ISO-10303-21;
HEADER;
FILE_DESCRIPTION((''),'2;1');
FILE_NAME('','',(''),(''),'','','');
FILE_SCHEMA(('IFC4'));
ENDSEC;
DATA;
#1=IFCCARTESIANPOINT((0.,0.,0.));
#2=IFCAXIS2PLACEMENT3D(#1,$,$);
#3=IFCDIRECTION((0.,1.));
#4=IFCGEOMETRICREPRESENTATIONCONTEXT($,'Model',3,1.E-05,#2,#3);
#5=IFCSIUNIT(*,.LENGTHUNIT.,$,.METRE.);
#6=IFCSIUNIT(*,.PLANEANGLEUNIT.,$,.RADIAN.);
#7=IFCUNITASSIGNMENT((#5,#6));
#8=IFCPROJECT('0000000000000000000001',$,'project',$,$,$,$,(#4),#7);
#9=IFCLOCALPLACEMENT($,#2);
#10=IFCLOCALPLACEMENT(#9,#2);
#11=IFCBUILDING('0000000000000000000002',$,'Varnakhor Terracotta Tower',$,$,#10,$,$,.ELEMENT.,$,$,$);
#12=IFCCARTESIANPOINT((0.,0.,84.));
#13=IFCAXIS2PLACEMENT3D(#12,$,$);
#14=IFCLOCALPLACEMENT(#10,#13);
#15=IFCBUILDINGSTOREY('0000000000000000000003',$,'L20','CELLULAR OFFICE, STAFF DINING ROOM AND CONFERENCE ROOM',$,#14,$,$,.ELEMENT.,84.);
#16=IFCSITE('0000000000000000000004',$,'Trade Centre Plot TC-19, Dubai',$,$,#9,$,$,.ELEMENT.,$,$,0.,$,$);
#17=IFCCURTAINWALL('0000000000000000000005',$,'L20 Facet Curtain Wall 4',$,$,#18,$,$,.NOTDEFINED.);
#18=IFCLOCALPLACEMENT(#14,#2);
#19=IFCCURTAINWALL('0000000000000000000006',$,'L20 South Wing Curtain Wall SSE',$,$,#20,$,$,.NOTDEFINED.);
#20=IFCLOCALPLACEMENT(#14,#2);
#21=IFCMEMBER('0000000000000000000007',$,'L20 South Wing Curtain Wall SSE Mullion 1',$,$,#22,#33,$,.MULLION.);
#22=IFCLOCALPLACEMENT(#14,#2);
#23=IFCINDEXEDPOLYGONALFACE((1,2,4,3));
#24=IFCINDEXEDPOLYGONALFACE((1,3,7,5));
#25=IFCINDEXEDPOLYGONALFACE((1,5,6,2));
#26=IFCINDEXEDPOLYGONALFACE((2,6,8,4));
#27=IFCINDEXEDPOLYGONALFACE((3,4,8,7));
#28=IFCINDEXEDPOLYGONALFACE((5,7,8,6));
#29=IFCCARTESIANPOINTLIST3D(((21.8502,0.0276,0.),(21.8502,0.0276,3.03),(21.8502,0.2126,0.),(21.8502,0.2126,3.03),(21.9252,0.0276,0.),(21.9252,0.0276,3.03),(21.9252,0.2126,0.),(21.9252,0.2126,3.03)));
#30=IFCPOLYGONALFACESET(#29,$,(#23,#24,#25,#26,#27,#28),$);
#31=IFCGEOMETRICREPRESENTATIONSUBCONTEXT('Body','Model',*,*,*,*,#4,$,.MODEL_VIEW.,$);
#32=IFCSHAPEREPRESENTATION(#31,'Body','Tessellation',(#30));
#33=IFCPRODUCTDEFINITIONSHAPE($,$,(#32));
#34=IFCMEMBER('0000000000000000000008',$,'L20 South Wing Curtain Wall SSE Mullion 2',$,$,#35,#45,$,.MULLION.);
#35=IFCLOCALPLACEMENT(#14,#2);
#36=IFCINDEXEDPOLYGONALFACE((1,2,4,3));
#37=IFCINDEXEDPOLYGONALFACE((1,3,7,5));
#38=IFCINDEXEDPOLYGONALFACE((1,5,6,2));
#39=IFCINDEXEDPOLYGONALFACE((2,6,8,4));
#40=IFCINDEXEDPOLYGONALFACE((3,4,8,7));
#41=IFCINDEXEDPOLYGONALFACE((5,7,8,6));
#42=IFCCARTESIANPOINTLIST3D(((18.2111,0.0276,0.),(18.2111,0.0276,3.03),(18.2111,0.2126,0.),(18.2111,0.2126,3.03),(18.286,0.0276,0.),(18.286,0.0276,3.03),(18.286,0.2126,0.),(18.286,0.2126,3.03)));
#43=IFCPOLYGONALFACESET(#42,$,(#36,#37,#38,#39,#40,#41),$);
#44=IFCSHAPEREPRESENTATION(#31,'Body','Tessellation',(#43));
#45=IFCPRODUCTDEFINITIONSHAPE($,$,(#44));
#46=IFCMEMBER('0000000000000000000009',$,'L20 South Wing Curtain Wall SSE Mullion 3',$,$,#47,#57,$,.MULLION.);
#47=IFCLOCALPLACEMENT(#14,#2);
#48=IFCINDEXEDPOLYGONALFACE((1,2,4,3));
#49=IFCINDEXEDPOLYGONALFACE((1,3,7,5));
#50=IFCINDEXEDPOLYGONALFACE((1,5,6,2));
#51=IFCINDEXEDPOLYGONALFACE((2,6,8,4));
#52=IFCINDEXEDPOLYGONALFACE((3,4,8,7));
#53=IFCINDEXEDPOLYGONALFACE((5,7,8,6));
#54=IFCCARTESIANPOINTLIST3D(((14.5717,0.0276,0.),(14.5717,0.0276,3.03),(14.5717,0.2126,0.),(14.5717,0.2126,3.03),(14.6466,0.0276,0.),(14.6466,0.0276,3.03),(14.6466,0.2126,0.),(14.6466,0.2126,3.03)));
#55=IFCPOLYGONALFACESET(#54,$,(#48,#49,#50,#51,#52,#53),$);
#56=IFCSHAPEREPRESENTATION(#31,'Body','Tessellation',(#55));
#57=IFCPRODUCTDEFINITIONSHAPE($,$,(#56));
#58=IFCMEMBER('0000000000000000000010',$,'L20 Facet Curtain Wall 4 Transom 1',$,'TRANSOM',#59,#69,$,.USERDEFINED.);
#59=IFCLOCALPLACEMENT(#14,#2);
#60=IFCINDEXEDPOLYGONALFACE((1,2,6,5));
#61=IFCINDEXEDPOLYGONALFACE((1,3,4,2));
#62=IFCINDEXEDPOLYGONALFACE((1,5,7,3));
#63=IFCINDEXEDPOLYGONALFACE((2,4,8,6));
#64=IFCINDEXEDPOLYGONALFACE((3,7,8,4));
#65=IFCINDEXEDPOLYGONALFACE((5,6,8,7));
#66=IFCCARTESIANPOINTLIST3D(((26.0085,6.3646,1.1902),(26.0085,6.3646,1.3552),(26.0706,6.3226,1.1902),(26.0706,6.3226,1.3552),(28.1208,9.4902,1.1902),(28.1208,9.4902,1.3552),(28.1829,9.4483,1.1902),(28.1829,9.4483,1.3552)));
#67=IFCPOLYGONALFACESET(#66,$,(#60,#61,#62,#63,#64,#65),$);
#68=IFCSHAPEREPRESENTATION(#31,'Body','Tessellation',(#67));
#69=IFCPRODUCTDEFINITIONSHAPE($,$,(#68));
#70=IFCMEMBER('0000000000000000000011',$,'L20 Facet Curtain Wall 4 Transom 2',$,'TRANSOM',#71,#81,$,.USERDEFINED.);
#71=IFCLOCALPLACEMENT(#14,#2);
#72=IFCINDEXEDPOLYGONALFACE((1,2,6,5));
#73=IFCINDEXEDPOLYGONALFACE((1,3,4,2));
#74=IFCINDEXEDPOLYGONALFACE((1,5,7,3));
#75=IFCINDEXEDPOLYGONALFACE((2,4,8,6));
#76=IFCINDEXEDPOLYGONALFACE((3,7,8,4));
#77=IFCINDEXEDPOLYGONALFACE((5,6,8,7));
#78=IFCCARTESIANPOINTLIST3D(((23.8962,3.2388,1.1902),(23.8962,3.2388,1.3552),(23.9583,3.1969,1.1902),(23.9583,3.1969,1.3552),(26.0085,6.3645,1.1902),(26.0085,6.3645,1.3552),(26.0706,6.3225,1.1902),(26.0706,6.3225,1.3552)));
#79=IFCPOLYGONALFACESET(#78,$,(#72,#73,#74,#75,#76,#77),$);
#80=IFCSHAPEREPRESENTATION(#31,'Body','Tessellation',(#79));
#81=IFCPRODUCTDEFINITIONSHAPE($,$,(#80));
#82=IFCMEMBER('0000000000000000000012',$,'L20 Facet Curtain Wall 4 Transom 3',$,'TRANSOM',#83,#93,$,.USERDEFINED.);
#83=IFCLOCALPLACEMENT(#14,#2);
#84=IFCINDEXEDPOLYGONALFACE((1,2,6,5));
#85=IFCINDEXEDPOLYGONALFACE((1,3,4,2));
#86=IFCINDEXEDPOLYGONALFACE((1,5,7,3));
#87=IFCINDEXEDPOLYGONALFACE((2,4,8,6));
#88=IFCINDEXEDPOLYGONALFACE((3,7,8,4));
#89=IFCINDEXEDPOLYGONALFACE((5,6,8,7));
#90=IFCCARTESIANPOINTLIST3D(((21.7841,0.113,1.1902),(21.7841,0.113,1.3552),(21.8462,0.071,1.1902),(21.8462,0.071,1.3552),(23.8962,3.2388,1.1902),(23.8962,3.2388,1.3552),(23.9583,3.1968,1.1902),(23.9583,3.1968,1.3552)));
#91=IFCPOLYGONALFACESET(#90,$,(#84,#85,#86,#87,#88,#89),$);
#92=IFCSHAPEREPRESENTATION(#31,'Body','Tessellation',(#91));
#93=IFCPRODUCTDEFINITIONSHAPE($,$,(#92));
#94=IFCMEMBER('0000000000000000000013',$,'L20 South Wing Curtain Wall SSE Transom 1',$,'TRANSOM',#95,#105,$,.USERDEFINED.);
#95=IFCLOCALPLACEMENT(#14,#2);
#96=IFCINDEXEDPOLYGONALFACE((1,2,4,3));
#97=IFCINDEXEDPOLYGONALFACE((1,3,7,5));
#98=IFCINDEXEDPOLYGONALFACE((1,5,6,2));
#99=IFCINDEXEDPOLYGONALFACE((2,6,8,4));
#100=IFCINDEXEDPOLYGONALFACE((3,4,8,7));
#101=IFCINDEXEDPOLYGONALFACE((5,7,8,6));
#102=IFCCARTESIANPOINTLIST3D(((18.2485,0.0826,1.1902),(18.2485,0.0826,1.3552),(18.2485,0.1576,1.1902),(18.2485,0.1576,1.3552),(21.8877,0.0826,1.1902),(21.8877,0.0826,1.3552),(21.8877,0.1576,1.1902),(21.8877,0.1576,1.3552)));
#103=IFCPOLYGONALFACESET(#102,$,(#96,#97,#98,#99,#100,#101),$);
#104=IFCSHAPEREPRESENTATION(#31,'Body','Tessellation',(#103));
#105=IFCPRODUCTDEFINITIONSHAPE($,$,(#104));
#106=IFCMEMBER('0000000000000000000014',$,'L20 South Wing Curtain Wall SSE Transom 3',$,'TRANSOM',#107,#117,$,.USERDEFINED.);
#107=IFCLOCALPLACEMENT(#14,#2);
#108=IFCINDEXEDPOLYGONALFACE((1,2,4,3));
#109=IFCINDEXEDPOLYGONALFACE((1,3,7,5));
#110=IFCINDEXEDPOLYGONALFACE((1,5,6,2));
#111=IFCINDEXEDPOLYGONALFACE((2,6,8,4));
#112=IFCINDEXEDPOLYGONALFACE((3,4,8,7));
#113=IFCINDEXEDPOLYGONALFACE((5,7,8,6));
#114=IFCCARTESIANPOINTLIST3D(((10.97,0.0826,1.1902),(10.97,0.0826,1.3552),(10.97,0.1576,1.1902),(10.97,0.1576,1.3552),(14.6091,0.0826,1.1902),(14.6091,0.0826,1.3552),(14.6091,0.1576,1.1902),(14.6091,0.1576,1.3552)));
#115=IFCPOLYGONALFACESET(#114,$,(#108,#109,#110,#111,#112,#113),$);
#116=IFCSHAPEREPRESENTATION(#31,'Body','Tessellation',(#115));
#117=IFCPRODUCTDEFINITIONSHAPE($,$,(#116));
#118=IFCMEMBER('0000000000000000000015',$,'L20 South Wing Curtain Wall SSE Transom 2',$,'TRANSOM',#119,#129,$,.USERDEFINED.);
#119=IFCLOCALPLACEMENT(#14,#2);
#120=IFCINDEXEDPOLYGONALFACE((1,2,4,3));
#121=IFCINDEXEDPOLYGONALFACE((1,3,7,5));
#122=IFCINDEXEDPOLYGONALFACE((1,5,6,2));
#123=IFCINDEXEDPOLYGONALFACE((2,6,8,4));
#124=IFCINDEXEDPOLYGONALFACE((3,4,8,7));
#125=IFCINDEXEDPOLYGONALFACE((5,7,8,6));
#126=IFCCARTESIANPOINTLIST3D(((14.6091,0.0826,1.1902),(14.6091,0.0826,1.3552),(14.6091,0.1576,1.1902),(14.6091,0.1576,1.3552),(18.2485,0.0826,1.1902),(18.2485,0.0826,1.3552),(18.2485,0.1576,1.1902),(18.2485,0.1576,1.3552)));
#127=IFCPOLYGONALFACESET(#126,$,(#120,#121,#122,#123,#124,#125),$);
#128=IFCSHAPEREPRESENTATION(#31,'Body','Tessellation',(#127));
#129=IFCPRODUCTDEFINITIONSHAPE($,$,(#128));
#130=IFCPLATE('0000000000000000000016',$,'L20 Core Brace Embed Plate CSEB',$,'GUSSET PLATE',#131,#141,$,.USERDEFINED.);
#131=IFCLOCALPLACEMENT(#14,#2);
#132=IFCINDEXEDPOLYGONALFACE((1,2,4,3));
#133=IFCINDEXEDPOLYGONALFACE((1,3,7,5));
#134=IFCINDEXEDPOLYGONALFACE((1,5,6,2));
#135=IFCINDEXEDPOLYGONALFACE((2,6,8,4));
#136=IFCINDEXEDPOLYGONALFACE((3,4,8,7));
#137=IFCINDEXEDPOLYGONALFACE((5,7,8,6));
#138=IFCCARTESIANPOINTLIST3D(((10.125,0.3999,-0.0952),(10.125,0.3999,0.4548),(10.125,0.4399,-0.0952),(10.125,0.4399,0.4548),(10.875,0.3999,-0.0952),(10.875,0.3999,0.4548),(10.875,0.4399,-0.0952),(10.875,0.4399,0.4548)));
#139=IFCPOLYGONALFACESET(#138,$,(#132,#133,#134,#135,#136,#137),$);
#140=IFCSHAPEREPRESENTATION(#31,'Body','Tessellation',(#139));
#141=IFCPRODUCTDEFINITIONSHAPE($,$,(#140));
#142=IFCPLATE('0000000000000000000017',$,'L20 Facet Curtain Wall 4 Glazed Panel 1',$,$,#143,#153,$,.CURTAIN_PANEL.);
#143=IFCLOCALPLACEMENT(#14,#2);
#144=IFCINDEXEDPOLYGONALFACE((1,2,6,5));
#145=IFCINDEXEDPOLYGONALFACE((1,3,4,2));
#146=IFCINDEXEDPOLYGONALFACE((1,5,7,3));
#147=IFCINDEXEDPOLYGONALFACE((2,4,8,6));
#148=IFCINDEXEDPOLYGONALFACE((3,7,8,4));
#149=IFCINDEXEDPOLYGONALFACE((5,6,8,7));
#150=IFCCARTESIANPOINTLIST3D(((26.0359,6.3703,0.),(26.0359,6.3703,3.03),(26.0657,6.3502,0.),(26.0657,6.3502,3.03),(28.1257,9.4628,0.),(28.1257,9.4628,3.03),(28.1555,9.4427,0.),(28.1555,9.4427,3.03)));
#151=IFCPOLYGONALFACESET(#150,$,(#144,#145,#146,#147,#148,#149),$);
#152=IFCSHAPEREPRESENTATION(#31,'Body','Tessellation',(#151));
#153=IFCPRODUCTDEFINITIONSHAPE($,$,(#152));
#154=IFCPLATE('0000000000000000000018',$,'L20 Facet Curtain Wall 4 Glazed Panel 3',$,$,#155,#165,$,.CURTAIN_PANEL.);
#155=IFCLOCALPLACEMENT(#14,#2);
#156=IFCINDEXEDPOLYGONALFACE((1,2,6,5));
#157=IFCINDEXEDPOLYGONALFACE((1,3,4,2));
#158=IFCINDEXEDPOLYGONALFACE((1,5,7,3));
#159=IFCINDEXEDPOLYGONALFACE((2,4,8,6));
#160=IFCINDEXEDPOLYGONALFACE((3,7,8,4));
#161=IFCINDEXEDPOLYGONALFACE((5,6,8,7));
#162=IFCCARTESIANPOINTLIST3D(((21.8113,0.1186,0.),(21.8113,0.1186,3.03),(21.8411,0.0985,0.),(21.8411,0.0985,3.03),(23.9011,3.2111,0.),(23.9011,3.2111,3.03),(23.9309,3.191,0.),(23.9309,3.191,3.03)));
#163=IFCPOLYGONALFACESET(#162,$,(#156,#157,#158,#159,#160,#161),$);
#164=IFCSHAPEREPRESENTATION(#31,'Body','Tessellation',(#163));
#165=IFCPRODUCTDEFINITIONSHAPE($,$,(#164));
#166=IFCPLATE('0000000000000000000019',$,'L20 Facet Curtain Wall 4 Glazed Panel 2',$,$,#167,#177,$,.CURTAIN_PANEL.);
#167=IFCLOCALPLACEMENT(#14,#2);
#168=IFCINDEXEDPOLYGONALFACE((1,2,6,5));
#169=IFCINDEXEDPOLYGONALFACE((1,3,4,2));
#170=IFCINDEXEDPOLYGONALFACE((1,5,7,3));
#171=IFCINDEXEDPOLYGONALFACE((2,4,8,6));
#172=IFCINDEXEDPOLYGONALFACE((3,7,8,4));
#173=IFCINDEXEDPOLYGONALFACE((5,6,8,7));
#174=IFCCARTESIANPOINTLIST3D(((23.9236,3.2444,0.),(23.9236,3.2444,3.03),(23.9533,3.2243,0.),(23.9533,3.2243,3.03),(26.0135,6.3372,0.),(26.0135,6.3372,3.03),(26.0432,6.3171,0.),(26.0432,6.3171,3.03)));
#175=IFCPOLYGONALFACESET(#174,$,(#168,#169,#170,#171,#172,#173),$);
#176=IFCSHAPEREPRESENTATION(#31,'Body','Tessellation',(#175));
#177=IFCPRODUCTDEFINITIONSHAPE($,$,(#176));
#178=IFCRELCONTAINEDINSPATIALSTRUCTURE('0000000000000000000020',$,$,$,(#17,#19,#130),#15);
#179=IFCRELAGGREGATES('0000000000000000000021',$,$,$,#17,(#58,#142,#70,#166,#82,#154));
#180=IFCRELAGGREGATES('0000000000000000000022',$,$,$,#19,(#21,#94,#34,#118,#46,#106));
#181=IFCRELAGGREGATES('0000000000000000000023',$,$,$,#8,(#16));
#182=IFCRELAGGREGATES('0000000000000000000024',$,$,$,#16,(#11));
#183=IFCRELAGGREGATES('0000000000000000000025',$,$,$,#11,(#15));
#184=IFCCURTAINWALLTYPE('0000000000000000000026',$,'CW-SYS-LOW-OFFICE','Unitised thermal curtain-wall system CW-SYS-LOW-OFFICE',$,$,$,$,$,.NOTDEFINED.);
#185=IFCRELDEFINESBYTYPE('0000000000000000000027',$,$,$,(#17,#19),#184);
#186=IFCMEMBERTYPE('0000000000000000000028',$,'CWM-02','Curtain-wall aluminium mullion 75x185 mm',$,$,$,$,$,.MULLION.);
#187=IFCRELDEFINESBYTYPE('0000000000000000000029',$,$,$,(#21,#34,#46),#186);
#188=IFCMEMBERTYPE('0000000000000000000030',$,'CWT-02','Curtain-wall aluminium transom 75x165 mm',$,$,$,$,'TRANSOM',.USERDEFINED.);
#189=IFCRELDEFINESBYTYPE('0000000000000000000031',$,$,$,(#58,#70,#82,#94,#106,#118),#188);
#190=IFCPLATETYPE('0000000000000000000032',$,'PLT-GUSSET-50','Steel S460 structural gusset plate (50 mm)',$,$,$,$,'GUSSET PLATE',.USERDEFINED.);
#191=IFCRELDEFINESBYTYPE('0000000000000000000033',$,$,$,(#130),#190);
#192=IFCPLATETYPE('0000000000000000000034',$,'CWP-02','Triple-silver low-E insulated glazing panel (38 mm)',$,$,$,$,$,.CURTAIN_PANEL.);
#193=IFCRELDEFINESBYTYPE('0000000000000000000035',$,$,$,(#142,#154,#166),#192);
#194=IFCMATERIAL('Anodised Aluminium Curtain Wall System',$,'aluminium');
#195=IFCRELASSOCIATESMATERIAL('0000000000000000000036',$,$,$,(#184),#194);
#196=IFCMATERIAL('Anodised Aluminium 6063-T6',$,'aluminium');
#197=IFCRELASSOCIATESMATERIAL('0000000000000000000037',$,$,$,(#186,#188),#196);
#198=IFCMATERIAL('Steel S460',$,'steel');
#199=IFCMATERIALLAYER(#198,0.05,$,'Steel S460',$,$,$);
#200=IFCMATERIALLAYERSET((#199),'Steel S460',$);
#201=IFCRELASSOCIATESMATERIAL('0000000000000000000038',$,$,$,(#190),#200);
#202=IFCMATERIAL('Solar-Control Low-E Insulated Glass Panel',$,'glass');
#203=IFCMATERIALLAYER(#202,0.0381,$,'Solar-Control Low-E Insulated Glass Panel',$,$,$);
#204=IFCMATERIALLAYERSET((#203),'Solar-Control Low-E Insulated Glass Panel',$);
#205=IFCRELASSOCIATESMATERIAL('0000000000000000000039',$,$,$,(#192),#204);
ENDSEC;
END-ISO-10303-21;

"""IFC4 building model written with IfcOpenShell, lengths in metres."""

from ifc_helpers import new_model, si_unit, direction, frame, origin, origin_2d, place, context, subcontext, project, spatial, rectangle, extrude, source, transform, mapped, material, layer, layer_set, material_profile, profile_set, type_object, type_shapes, element, aggregate, save


model = new_model("IFC4")

# Units and contexts
model_context = context("Model", 3, precision=1e-05, world=origin(), true_north=direction((0.0, 1.0)))
body_context = subcontext(model_context, "Body", "Model", "MODEL_VIEW")
ifc_project = project(units=[si_unit("LENGTHUNIT", "METRE"), si_unit("PLANEANGLEUNIT", "RADIAN")], contexts=[model_context])

# Site, building, storey
site_placement = place(None, origin())
site = spatial("IfcSite", under=ifc_project, at=site_placement, Name="Trade Centre Plot TC-19, Dubai", CompositionType="ELEMENT", RefElevation=0.0)
building_placement = place(site_placement, origin())
building = spatial("IfcBuilding", under=site, at=building_placement, Name="Varnakhor Terracotta Tower", CompositionType="ELEMENT")
storey_placement = place(building_placement, frame((0.0, 0.0, 84.0)))
storey = spatial("IfcBuildingStorey", under=building, at=storey_placement, Name="L20", Description="CELLULAR OFFICE, STAFF DINING ROOM AND CONFERENCE ROOM", CompositionType="ELEMENT", Elevation=84.0)

# Shared definitions
ifc_material_1 = material(Name="Steel S460", Category="steel")

# Curtain walls, members
ifc_material_2 = material(Name="Anodised Aluminium Curtain Wall System", Category="aluminium")
curtain_wall_type = type_object("IfcCurtainWallType", Name="CW-SYS-LOW-OFFICE", Description="Unitised thermal curtain-wall system CW-SYS-LOW-OFFICE", PredefinedType="NOTDEFINED", material=ifc_material_2)
curtain_wall_1_placement = place(storey_placement, origin())
curtain_wall_1 = element("IfcCurtainWall", 1, at=curtain_wall_1_placement, inside=storey, type_object=curtain_wall_type, Name="L20 Facet Curtain Wall 4", PredefinedType="NOTDEFINED")
ifc_material_3 = material(Name="Anodised Aluminium 6063-T6", Category="aluminium")
ifc_material_profile_1 = material_profile(ifc_material_3, rectangle(XDim=0.075, YDim=0.1851, at=origin_2d()), Name="ALU MULLION 75x185")
ifc_profile_set_1 = profile_set([ifc_material_profile_1], Name="Anodised Aluminium 6063-T6")
member_type_1 = type_object("IfcMemberType", Name="CWM-02", Description="Curtain-wall aluminium mullion 75x185 mm", PredefinedType="MULLION", material=ifc_profile_set_1)
shared_shape_1 = source(origin(), body_context, "Body", "SweptSolid", [
    extrude(rectangle(XDim=0.075, YDim=0.1851, at=origin_2d()), origin(), (0.0, 0.0, 1.0), 3.03),
])
type_shapes(member_type_1, [shared_shape_1])
curtain_wall_2_placement = place(storey_placement, origin())
curtain_wall_2 = element("IfcCurtainWall", 2, at=curtain_wall_2_placement, inside=storey, type_object=curtain_wall_type, Name="L20 South Wing Curtain Wall SSE", PredefinedType="NOTDEFINED")
member_1_placement = place(storey_placement, frame((21.8877, 0.1201, 0.0), z_axis=(0.0, 0.0, 1.0), x_axis=(1.0, 0.0, 0.0)))
member_1 = element("IfcMember", 3, at=member_1_placement, type_object=member_type_1, Name="L20 South Wing Curtain Wall SSE Mullion 1", PredefinedType="MULLION", context=body_context, shape_type="MappedRepresentation", body=[
    mapped(shared_shape_1, transform((0.0, 0.0, 0.0), scale=1.0)),
])
member_2_placement = place(storey_placement, frame((18.2485, 0.1201, 0.0), z_axis=(0.0, 0.0, 1.0), x_axis=(1.0, 0.0, 0.0)))
member_2 = element("IfcMember", 4, at=member_2_placement, type_object=member_type_1, Name="L20 South Wing Curtain Wall SSE Mullion 2", PredefinedType="MULLION", context=body_context, shape_type="MappedRepresentation", body=[
    mapped(shared_shape_1, transform((0.0, 0.0, 0.0), scale=1.0)),
])
member_3_placement = place(storey_placement, frame((14.6091, 0.1201, 0.0), z_axis=(0.0, 0.0, 1.0), x_axis=(1.0, 0.0, 0.0)))
member_3 = element("IfcMember", 5, at=member_3_placement, type_object=member_type_1, Name="L20 South Wing Curtain Wall SSE Mullion 3", PredefinedType="MULLION", context=body_context, shape_type="MappedRepresentation", body=[
    mapped(shared_shape_1, transform((0.0, 0.0, 0.0), scale=1.0)),
])

# Members
ifc_material_profile_2 = material_profile(ifc_material_3, rectangle(XDim=0.075, YDim=0.165, at=origin_2d()), Name="ALU TRANSOM 75x165")
ifc_profile_set_2 = profile_set([ifc_material_profile_2], Name="Anodised Aluminium 6063-T6")
member_type_2 = type_object("IfcMemberType", Name="CWT-02", Description="Curtain-wall aluminium transom 75x165 mm", ElementType="TRANSOM", PredefinedType="USERDEFINED", material=ifc_profile_set_2)
shared_shape_2 = source(origin(), body_context, "Body", "SweptSolid", [
    extrude(rectangle(XDim=0.075, YDim=0.165, at=origin_2d()), origin(), (0.0, 0.0, 1.0), 3.7725),
])
member_4_placement = place(storey_placement, frame((28.1519, 9.4692, 1.2727), z_axis=(-0.559916, -0.828549, 0.0), x_axis=(0.828549, -0.559916, 0.0)))
member_4 = element("IfcMember", 6, at=member_4_placement, type_object=member_type_2, Name="L20 Facet Curtain Wall 4 Transom 1", ObjectType="TRANSOM", PredefinedType="USERDEFINED", context=body_context, shape_type="MappedRepresentation", body=[
    mapped(shared_shape_2, transform((0.0, 0.0, 0.0), scale=1.0)),
])
member_5_placement = place(storey_placement, frame((26.0396, 6.3435, 1.2727), z_axis=(-0.559916, -0.828549, 0.0), x_axis=(0.828549, -0.559916, 0.0)))
member_5 = element("IfcMember", 7, at=member_5_placement, type_object=member_type_2, Name="L20 Facet Curtain Wall 4 Transom 2", ObjectType="TRANSOM", PredefinedType="USERDEFINED", context=body_context, shape_type="MappedRepresentation", body=[
    mapped(shared_shape_2, transform((0.0, 0.0, 0.0), scale=1.0)),
])
member_6_placement = place(storey_placement, frame((23.9272, 3.2178, 1.2727), z_axis=(-0.559872, -0.828579, 0.0), x_axis=(0.828579, -0.559872, 0.0)))
member_6 = element("IfcMember", 8, at=member_6_placement, type_object=member_type_2, Name="L20 Facet Curtain Wall 4 Transom 3", ObjectType="TRANSOM", PredefinedType="USERDEFINED", context=body_context, shape_type="MappedRepresentation", body=[
    mapped(shared_shape_2, transform((0.0, 0.0, 0.0), scale=1.0)),
])
shared_shape_3 = source(origin(), body_context, "Body", "SweptSolid", [
    extrude(rectangle(XDim=0.075, YDim=0.165, at=origin_2d()), origin(), (0.0, 0.0, 1.0), 3.6392),
])
member_7_placement = place(storey_placement, frame((21.8877, 0.1201, 1.2727), z_axis=(-1.0, 0.0, 0.0), x_axis=(0.0, -1.0, 0.0)))
member_7 = element("IfcMember", 9, at=member_7_placement, type_object=member_type_2, Name="L20 South Wing Curtain Wall SSE Transom 1", ObjectType="TRANSOM", PredefinedType="USERDEFINED", context=body_context, shape_type="MappedRepresentation", body=[
    mapped(shared_shape_3, transform((0.0, 0.0, 0.0), scale=1.0)),
])
member_8_placement = place(storey_placement, frame((14.6091, 0.1201, 1.2727), z_axis=(-1.0, 0.0, 0.0), x_axis=(0.0, -1.0, 0.0)))
member_8 = element("IfcMember", 10, at=member_8_placement, type_object=member_type_2, Name="L20 South Wing Curtain Wall SSE Transom 3", ObjectType="TRANSOM", PredefinedType="USERDEFINED", context=body_context, shape_type="MappedRepresentation", body=[
    mapped(shared_shape_3, transform((0.0, 0.0, 0.0), scale=1.0)),
])
shared_shape_4 = source(origin(), body_context, "Body", "SweptSolid", [
    extrude(rectangle(XDim=0.075, YDim=0.165, at=origin_2d()), origin(), (0.0, 0.0, 1.0), 3.6394),
])
member_9_placement = place(storey_placement, frame((18.2485, 0.1201, 1.2727), z_axis=(-1.0, 0.0, 0.0), x_axis=(0.0, -1.0, 0.0)))
member_9 = element("IfcMember", 11, at=member_9_placement, type_object=member_type_2, Name="L20 South Wing Curtain Wall SSE Transom 2", ObjectType="TRANSOM", PredefinedType="USERDEFINED", context=body_context, shape_type="MappedRepresentation", body=[
    mapped(shared_shape_4, transform((0.0, 0.0, 0.0), scale=1.0)),
])

# Plates
ifc_layer_1 = layer(ifc_material_1, 0.05, Name="Steel S460")
ifc_layer_set_1 = layer_set([ifc_layer_1], Name="Steel S460")
plate_type_1 = type_object("IfcPlateType", Name="PLT-GUSSET-50", Description="Steel S460 structural gusset plate (50 mm)", ElementType="GUSSET PLATE", PredefinedType="USERDEFINED", material=ifc_layer_set_1)
shared_shape_5 = source(origin(), body_context, "Body", "SweptSolid", [
    extrude(rectangle(XDim=0.75, YDim=0.04, at=origin_2d()), origin(), (0.0, 0.0, 1.0), 0.55),
])
type_shapes(plate_type_1, [shared_shape_5])
plate_1_placement = place(storey_placement, frame((10.5, 0.4199, -0.0952), z_axis=(0.0, 0.0, 1.0), x_axis=(1.0, 0.0, 0.0)))
element("IfcPlate", 12, at=plate_1_placement, inside=storey, type_object=plate_type_1, Name="L20 Core Brace Embed Plate CSEB", ObjectType="GUSSET PLATE", PredefinedType="USERDEFINED", context=body_context, shape_type="MappedRepresentation", body=[
    mapped(shared_shape_5, transform((0.0, 0.0, 0.0), scale=1.0)),
])
ifc_material_4 = material(Name="Solar-Control Low-E Insulated Glass Panel", Category="glass")
ifc_layer_2 = layer(ifc_material_4, 0.0381, Name="Solar-Control Low-E Insulated Glass Panel")
ifc_layer_set_2 = layer_set([ifc_layer_2], Name="Solar-Control Low-E Insulated Glass Panel")
plate_type_2 = type_object("IfcPlateType", Name="CWP-02", Description="Triple-silver low-E insulated glazing panel (38 mm)", PredefinedType="CURTAIN_PANEL", material=ifc_layer_set_2)
shared_shape_6 = source(origin(), body_context, "Body", "SweptSolid", [
    extrude(rectangle(XDim=3.7324, YDim=0.0359, at=origin_2d()), origin(), (0.0, 0.0, 1.0), 3.03),
])
plate_2_placement = place(storey_placement, frame((27.0957, 7.9065, 0.0), z_axis=(0.0, 0.0, 1.0), x_axis=(-0.559902, -0.828559, 0.0)))
plate_2 = element("IfcPlate", 13, at=plate_2_placement, type_object=plate_type_2, Name="L20 Facet Curtain Wall 4 Glazed Panel 1", PredefinedType="CURTAIN_PANEL", context=body_context, shape_type="MappedRepresentation", body=[
    mapped(shared_shape_6, transform((0.0, 0.0, 0.0), scale=1.0)),
])
plate_3_placement = place(storey_placement, frame((22.8711, 1.6548, 0.0), z_axis=(0.0, 0.0, 1.0), x_axis=(-0.559902, -0.828559, 0.0)))
plate_3 = element("IfcPlate", 14, at=plate_3_placement, type_object=plate_type_2, Name="L20 Facet Curtain Wall 4 Glazed Panel 3", PredefinedType="CURTAIN_PANEL", context=body_context, shape_type="MappedRepresentation", body=[
    mapped(shared_shape_6, transform((0.0, 0.0, 0.0), scale=1.0)),
])
shared_shape_7 = source(origin(), body_context, "Body", "SweptSolid", [
    extrude(rectangle(XDim=3.7327, YDim=0.0359, at=origin_2d()), origin(), (0.0, 0.0, 1.0), 3.03),
])
plate_4_placement = place(storey_placement, frame((24.9834, 4.7808, 0.0), z_axis=(0.0, 0.0, 1.0), x_axis=(-0.559902, -0.828559, 0.0)))
plate_4 = element("IfcPlate", 15, at=plate_4_placement, type_object=plate_type_2, Name="L20 Facet Curtain Wall 4 Glazed Panel 2", PredefinedType="CURTAIN_PANEL", context=body_context, shape_type="MappedRepresentation", body=[
    mapped(shared_shape_7, transform((0.0, 0.0, 0.0), scale=1.0)),
])
aggregate(curtain_wall_1, [member_4, plate_2, member_5, plate_4, member_6, plate_3])
aggregate(curtain_wall_2, [member_1, member_7, member_2, member_9, member_3, member_8])

save(model, "model.ifc")
